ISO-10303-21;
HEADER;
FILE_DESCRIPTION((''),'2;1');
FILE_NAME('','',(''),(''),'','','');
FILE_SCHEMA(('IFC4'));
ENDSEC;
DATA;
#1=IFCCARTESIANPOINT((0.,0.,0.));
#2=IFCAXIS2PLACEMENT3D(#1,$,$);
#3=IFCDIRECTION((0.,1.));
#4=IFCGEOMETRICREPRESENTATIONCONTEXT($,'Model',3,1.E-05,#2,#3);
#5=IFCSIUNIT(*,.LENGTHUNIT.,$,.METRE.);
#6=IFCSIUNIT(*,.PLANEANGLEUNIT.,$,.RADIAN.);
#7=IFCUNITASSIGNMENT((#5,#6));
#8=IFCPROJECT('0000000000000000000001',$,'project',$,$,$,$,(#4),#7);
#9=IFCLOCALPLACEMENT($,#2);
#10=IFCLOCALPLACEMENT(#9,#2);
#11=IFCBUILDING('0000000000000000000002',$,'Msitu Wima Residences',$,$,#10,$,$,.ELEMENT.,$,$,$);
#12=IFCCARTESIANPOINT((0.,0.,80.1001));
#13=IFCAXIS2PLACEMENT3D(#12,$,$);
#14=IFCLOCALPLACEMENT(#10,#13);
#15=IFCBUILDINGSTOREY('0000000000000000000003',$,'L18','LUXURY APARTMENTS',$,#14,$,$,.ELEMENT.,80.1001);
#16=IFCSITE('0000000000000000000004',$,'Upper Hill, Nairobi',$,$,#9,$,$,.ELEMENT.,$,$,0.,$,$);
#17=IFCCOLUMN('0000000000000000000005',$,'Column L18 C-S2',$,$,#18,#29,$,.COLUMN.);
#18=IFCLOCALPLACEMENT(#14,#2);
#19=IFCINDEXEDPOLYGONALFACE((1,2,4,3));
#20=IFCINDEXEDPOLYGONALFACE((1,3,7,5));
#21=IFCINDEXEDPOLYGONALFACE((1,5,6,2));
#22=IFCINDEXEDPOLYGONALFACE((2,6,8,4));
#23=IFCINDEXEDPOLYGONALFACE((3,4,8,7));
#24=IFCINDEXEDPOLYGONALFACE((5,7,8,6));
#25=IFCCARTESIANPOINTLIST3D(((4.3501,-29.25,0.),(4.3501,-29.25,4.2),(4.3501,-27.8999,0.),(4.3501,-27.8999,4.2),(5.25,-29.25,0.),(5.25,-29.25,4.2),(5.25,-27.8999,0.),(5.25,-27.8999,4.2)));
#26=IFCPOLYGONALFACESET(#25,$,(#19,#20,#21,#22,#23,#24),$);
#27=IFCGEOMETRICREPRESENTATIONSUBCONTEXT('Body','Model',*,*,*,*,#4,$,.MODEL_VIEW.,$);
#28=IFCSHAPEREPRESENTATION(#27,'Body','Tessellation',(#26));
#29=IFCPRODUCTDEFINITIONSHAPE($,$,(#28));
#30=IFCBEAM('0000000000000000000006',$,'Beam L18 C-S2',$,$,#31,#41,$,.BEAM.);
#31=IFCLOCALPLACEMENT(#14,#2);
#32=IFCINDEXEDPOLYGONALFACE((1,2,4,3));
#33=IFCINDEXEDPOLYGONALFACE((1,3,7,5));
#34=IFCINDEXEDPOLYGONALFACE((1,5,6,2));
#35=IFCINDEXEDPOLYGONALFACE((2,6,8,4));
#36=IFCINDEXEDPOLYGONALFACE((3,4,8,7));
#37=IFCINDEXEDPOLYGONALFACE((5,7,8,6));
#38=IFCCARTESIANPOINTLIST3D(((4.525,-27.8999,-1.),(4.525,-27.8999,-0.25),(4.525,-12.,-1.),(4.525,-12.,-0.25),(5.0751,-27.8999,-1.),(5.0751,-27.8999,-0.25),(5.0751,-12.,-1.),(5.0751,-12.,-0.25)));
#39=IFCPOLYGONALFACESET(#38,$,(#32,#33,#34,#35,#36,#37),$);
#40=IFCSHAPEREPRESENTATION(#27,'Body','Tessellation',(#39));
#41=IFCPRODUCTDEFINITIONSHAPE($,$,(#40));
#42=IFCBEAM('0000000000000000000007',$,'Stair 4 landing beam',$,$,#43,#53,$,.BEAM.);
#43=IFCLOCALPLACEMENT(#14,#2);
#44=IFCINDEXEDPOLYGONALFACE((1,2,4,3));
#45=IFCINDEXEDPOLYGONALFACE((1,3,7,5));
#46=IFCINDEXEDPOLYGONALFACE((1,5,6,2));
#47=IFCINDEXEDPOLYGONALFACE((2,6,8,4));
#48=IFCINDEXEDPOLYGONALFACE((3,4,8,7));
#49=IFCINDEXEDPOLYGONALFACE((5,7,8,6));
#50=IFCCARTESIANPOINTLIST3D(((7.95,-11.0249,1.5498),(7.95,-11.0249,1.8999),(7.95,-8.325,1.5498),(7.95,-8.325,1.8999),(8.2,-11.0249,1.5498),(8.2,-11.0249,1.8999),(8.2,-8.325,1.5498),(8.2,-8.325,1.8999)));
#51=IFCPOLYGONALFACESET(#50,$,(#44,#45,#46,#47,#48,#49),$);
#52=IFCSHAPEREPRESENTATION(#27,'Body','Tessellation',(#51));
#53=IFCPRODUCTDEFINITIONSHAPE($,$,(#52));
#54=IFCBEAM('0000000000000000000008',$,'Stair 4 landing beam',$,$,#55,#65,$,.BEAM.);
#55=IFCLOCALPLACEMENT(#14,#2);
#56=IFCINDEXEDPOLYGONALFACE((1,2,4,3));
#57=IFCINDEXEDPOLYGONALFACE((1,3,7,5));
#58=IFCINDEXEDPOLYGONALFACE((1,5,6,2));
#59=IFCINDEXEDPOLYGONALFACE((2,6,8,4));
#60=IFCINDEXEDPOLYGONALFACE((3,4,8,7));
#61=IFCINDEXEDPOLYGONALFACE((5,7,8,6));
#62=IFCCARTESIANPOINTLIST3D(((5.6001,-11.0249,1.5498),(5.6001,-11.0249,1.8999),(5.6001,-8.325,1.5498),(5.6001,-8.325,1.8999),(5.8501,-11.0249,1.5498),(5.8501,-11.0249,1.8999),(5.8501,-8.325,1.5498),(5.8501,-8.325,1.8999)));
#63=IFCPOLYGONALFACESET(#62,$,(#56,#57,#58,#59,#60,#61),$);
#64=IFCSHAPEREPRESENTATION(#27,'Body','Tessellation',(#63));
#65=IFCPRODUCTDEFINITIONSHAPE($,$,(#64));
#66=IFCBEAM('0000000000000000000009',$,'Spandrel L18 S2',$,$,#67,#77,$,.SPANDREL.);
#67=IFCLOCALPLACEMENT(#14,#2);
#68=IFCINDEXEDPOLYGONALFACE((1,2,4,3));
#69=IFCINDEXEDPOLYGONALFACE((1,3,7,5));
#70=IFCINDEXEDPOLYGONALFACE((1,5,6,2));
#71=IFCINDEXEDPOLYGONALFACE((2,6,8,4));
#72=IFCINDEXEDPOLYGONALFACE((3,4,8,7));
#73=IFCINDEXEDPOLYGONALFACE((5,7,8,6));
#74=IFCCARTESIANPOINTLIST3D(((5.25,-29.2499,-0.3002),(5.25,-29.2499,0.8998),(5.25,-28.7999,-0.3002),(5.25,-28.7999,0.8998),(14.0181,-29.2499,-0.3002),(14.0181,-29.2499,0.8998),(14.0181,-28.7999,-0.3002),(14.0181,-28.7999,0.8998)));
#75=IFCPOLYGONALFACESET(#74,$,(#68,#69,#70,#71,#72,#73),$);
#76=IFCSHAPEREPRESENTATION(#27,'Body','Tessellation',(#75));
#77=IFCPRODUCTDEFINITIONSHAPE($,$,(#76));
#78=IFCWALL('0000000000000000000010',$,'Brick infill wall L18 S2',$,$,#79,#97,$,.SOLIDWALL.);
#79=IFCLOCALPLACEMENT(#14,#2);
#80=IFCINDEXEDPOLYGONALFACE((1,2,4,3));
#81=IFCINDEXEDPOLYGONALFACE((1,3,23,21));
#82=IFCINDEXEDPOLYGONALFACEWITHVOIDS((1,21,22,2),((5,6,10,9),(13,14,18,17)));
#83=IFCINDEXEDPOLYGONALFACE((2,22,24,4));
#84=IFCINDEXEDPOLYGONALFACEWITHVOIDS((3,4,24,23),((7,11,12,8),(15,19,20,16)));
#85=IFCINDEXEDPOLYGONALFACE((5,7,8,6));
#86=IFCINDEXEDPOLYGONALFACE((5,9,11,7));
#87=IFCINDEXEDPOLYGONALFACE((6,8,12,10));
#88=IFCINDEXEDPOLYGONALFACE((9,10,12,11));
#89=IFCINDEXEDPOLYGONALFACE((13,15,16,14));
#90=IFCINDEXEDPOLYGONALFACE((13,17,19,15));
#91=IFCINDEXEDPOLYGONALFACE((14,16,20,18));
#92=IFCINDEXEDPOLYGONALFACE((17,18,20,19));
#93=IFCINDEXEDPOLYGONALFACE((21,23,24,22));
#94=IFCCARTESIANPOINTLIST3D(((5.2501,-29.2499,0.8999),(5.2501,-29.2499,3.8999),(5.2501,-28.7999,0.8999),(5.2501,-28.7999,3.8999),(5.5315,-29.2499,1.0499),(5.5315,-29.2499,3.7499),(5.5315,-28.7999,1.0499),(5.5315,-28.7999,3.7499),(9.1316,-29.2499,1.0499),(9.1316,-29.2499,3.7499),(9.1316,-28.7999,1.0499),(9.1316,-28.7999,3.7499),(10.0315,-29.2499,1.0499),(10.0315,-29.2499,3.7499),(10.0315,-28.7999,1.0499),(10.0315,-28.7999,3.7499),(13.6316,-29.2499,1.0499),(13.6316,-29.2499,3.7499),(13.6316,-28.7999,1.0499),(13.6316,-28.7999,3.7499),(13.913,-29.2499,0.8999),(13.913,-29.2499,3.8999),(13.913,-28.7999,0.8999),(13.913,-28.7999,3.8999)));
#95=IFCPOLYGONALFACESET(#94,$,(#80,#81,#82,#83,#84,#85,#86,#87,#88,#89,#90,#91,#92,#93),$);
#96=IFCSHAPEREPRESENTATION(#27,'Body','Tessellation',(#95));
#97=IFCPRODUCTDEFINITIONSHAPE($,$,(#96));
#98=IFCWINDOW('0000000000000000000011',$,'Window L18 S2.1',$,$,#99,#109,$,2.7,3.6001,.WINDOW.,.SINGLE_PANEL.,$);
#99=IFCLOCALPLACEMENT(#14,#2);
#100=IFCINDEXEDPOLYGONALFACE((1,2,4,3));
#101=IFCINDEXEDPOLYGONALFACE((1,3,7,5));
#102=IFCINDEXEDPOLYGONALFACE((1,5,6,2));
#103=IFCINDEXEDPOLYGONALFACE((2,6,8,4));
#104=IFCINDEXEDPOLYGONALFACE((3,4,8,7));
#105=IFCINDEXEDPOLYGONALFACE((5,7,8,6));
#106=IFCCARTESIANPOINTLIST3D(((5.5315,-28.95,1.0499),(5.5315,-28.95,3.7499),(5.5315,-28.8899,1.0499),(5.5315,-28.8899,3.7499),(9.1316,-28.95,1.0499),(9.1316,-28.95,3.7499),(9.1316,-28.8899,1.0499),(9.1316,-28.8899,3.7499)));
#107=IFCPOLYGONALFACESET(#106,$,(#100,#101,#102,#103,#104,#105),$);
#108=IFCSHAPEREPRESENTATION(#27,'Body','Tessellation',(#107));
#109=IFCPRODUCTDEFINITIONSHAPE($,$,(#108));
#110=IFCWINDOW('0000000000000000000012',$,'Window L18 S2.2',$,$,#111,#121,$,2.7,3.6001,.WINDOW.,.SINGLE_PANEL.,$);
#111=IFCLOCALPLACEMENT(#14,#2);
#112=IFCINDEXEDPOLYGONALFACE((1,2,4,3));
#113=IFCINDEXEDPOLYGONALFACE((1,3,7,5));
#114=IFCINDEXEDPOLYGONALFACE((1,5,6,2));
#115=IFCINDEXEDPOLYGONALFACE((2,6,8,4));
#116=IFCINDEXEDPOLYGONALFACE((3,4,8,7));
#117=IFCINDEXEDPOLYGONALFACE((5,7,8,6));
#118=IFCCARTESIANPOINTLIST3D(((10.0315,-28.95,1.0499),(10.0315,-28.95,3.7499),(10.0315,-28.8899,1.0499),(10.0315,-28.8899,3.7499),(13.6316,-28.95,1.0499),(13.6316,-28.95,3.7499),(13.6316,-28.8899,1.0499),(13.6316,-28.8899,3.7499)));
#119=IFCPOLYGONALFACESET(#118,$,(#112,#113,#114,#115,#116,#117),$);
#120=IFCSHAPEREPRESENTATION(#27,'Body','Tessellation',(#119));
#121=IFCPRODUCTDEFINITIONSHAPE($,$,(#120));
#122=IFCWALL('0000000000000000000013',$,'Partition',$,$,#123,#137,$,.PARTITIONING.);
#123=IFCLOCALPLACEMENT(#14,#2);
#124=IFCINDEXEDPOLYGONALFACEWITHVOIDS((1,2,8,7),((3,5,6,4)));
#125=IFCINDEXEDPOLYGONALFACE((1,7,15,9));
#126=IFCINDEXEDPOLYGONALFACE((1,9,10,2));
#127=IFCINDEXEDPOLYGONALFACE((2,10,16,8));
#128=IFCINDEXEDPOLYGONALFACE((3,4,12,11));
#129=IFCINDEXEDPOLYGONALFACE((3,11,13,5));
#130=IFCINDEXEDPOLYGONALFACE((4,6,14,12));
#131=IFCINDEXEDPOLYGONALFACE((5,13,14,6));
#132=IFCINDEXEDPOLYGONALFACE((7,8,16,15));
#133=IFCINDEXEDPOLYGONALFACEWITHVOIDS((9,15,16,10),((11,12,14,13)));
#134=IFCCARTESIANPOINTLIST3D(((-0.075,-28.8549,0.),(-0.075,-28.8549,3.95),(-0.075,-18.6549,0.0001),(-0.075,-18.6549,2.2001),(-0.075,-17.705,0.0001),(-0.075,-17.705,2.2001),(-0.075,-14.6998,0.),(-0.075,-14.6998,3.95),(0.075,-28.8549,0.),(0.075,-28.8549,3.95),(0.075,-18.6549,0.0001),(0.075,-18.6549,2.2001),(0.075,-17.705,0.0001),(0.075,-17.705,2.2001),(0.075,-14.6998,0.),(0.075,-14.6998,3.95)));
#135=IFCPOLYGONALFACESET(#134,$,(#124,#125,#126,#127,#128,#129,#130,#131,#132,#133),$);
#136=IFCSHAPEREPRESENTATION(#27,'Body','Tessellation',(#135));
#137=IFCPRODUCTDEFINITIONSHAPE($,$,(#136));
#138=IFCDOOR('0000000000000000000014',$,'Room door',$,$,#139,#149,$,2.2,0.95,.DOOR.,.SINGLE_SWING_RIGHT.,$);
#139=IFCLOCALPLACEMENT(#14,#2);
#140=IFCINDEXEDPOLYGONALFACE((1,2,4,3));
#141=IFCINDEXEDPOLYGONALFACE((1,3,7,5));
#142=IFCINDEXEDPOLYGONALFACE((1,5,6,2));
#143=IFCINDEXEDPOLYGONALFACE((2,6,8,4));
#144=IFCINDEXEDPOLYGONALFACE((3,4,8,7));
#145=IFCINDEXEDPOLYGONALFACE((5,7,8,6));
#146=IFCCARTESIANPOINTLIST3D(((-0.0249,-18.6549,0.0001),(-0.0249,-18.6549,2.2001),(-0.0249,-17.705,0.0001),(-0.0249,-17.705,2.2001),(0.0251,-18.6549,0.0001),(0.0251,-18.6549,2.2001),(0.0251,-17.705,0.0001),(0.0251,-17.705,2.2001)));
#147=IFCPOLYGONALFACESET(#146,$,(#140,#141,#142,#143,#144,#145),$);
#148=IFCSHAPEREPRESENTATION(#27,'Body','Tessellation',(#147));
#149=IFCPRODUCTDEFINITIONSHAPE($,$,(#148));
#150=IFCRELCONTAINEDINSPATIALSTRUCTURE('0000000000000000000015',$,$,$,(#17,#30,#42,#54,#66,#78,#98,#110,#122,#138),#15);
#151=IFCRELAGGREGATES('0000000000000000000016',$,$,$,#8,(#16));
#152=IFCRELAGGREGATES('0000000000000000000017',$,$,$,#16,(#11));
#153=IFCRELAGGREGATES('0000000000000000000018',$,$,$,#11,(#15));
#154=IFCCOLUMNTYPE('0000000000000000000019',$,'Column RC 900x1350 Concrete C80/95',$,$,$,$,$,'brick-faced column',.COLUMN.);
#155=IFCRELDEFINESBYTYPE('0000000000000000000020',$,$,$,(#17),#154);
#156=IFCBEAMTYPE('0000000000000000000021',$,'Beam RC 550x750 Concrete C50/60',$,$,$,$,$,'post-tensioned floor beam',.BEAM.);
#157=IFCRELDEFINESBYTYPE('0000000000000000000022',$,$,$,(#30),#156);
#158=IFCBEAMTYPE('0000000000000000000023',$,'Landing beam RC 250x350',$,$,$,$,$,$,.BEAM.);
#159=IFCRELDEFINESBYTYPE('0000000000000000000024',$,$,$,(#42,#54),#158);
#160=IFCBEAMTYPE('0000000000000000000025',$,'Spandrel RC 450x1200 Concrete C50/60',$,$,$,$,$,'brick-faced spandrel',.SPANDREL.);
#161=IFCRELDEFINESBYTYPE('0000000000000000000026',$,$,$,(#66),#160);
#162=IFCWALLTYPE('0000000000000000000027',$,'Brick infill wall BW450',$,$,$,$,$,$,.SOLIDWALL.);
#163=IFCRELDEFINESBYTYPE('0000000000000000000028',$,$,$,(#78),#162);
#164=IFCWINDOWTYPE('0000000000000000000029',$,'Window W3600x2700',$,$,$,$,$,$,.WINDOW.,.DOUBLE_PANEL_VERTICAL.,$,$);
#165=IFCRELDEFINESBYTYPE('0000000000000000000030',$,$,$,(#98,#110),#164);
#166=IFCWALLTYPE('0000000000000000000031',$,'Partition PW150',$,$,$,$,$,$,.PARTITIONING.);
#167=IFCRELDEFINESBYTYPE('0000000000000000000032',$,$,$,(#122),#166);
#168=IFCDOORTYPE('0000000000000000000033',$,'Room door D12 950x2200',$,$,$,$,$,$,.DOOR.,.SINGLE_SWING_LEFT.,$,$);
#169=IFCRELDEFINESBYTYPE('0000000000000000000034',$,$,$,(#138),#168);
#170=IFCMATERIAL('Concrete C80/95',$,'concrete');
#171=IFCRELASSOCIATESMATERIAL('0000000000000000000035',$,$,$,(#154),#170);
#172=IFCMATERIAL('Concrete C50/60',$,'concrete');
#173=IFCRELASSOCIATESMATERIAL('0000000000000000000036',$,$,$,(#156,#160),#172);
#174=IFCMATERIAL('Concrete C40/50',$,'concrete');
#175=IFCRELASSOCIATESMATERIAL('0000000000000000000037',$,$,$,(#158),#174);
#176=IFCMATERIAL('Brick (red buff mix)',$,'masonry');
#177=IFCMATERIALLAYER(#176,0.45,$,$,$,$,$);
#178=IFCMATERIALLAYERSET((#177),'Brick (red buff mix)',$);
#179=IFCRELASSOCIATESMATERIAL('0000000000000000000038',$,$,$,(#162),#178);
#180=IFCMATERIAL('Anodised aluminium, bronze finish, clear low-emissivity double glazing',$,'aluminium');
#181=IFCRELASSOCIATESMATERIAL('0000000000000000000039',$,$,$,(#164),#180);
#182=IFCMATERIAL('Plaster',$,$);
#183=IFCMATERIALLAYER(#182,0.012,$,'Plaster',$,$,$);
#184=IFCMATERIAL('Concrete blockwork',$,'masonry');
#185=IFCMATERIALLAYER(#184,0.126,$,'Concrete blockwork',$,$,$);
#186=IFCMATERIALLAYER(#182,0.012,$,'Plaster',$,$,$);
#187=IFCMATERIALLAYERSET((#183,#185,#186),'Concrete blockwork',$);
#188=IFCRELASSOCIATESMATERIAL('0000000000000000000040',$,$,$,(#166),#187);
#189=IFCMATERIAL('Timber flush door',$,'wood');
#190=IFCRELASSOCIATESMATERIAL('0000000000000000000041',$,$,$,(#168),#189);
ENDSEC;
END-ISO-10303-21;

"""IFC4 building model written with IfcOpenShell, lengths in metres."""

from ifc_helpers import new_model, si_unit, direction, frame, frame_2d, origin, origin_2d, place, context, subcontext, project, spatial, rectangle, extrude, material, layer, layer_set, material_profile, profile_set, type_object, element, fill, save


model = new_model("IFC4")

# Units and contexts
model_context = context("Model", 3, precision=1e-05, world=origin(), true_north=direction((0.0, 1.0)))
body_context = subcontext(model_context, "Body", "Model", "MODEL_VIEW")
ifc_project = project(units=[si_unit("LENGTHUNIT", "METRE"), si_unit("PLANEANGLEUNIT", "RADIAN")], contexts=[model_context])

# Site, building, storey
site_placement = place(None, origin())
site = spatial("IfcSite", under=ifc_project, at=site_placement, Name="Upper Hill, Nairobi", CompositionType="ELEMENT", RefElevation=0.0)
building_placement = place(site_placement, origin())
building = spatial("IfcBuilding", under=site, at=building_placement, Name="Msitu Wima Residences", CompositionType="ELEMENT")
storey_placement = place(building_placement, frame((0.0, 0.0, 80.1001)))
storey = spatial("IfcBuildingStorey", under=building, at=storey_placement, Name="L18", Description="LUXURY APARTMENTS", CompositionType="ELEMENT", Elevation=80.1001)

# Column
ifc_material_1 = material(Name="Concrete C80/95", Category="concrete")
ifc_material_profile_1 = material_profile(ifc_material_1, rectangle(XDim=0.8999, YDim=1.3501, at=origin_2d()), Name="RC 900x1350")
ifc_profile_set_1 = profile_set([ifc_material_profile_1], Name="Concrete C80/95")
column_type = type_object("IfcColumnType", Name="Column RC 900x1350 Concrete C80/95", ElementType="brick-faced column", PredefinedType="COLUMN", material=ifc_profile_set_1)
column_placement = place(storey_placement, frame((4.8, -28.575, 0.0), z_axis=(0.0, 0.0, 1.0), x_axis=(1.0, 0.0, 0.0)))
element("IfcColumn", 1, at=column_placement, inside=storey, type_object=column_type, Name="Column L18 C-S2", PredefinedType="COLUMN", context=body_context, shape_type="SweptSolid", body=[
    extrude(rectangle(XDim=0.8999, YDim=1.3501, at=origin_2d()), origin(), (0.0, 0.0, 1.0), 4.2),
])

# Beams
ifc_material_2 = material(Name="Concrete C50/60", Category="concrete")
ifc_material_profile_2 = material_profile(ifc_material_2, rectangle(XDim=0.55, YDim=0.75, at=origin_2d()), Name="RC 550x750")
ifc_profile_set_2 = profile_set([ifc_material_profile_2], Name="Concrete C50/60")
beam_type_1 = type_object("IfcBeamType", Name="Beam RC 550x750 Concrete C50/60", ElementType="post-tensioned floor beam", PredefinedType="BEAM", material=ifc_profile_set_2)
beam_1_placement = place(storey_placement, frame((4.8, -27.8999, -0.625), z_axis=(0.0, 1.0, 0.0), x_axis=(-1.0, 0.0, 0.0)))
element("IfcBeam", 2, at=beam_1_placement, inside=storey, type_object=beam_type_1, Name="Beam L18 C-S2", PredefinedType="BEAM", context=body_context, shape_type="SweptSolid", body=[
    extrude(rectangle(XDim=0.55, YDim=0.75, at=origin_2d()), origin(), (0.0, 0.0, 1.0), 15.8999),
])
ifc_material_3 = material(Name="Concrete C40/50", Category="concrete")
ifc_material_profile_3 = material_profile(ifc_material_3, rectangle(XDim=0.25, YDim=0.3501, at=origin_2d()), Name="RC 250x350")
ifc_profile_set_3 = profile_set([ifc_material_profile_3], Name="Concrete C40/50")
beam_type_2 = type_object("IfcBeamType", Name="Landing beam RC 250x350", PredefinedType="BEAM", material=ifc_profile_set_3)
for number, where, z_axis, x_axis, name in (
    (3, (8.075, -11.0249, 1.7249), (0.0, 1.0, 0.0), (-1.0, 0.0, 0.0), "Stair 4 landing beam"),
    (4, (5.7251, -11.0249, 1.7249), (0.0, 1.0, 0.0), (-1.0, 0.0, 0.0), "Stair 4 landing beam"),
):
    element("IfcBeam", number, at=place(storey_placement, frame(where, z_axis=z_axis, x_axis=x_axis)), inside=storey, type_object=beam_type_2, Name=name, PredefinedType="BEAM", context=body_context, shape_type="SweptSolid", body=[
        extrude(rectangle(XDim=0.25, YDim=0.3501, at=origin_2d()), origin(), (0.0, 0.0, 1.0), 2.7),
    ])
ifc_material_profile_4 = material_profile(ifc_material_2, rectangle(XDim=0.45, YDim=1.2, at=origin_2d()), Name="RC 450x1200")
ifc_profile_set_4 = profile_set([ifc_material_profile_4], Name="Concrete C50/60")
beam_type_3 = type_object("IfcBeamType", Name="Spandrel RC 450x1200 Concrete C50/60", ElementType="brick-faced spandrel", PredefinedType="SPANDREL", material=ifc_profile_set_4)
beam_2_placement = place(storey_placement, frame((5.25, -29.0249, 0.2998), z_axis=(1.0, 0.0, 0.0), x_axis=(0.0, 1.0, 0.0)))
element("IfcBeam", 5, at=beam_2_placement, inside=storey, type_object=beam_type_3, Name="Spandrel L18 S2", PredefinedType="SPANDREL", context=body_context, shape_type="SweptSolid", body=[
    extrude(rectangle(XDim=0.45, YDim=1.2, at=origin_2d()), origin(), (0.0, 0.0, 1.0), 8.7681),
])

# Wall, openings, windows
ifc_material_4 = material(Name="Brick (red buff mix)", Category="masonry")
ifc_layer_1 = layer(ifc_material_4, 0.45)
ifc_layer_set_1 = layer_set([ifc_layer_1], Name="Brick (red buff mix)")
wall_type_1 = type_object("IfcWallType", Name="Brick infill wall BW450", PredefinedType="SOLIDWALL", material=ifc_layer_set_1)
wall_1_placement = place(storey_placement, frame((5.25, -29.0249, 0.8999), z_axis=(0.0, 0.0, 1.0), x_axis=(1.0, 0.0, 0.0)))
wall_1 = element("IfcWall", 6, at=wall_1_placement, inside=storey, type_object=wall_type_1, Name="Brick infill wall L18 S2", PredefinedType="SOLIDWALL", context=body_context, shape_type="SweptSolid", body=[
    extrude(rectangle(XDim=8.6628, YDim=0.45, at=frame_2d((4.3315, 0.0))), origin(), (0.0, 0.0, 1.0), 3.0),
])
opening_1_placement = place(wall_1_placement, frame((0.2815, 0.0, 0.1499)))
opening_1 = element("IfcOpeningElement", 7, at=opening_1_placement, cuts=wall_1, PredefinedType="OPENING", context=body_context, shape_type="SweptSolid", body=[
    extrude(rectangle(XDim=3.6001, YDim=2.7, at=frame_2d((1.8, 1.3501))), frame((0.0, 0.2349, 0.0), z_axis=(0.0, -1.0, 0.0), x_axis=(1.0, 0.0, 0.0)), (0.0, 0.0, 1.0), 0.47),
])
opening_2_placement = place(wall_1_placement, frame((4.7815, 0.0, 0.1499)))
opening_2 = element("IfcOpeningElement", 8, at=opening_2_placement, cuts=wall_1, PredefinedType="OPENING", context=body_context, shape_type="SweptSolid", body=[
    extrude(rectangle(XDim=3.6001, YDim=2.7, at=frame_2d((1.8, 1.3501))), frame((0.0, 0.2349, 0.0), z_axis=(0.0, -1.0, 0.0), x_axis=(1.0, 0.0, 0.0)), (0.0, 0.0, 1.0), 0.47),
])
ifc_material_5 = material(Name="Anodised aluminium, bronze finish, clear low-emissivity double glazing", Category="aluminium")
window_type = type_object("IfcWindowType", Name="Window W3600x2700", PartitioningType="DOUBLE_PANEL_VERTICAL", PredefinedType="WINDOW", material=ifc_material_5)
window_1_placement = place(opening_1_placement, origin())
window_1 = element("IfcWindow", 9, at=window_1_placement, inside=storey, type_object=window_type, Name="Window L18 S2.1", OverallHeight=2.7, OverallWidth=3.6001, PartitioningType="SINGLE_PANEL", PredefinedType="WINDOW", context=body_context, shape_type="SweptSolid", body=[
    extrude(rectangle(XDim=3.6001, YDim=2.7, at=frame_2d((1.8, 1.3501))), frame((0.0, 0.135, 0.0), z_axis=(0.0, -1.0, 0.0), x_axis=(1.0, 0.0, 0.0)), (0.0, 0.0, 1.0), 0.0601),
])
fill(opening_1, window_1)
window_2_placement = place(opening_2_placement, origin())
window_2 = element("IfcWindow", 10, at=window_2_placement, inside=storey, type_object=window_type, Name="Window L18 S2.2", OverallHeight=2.7, OverallWidth=3.6001, PartitioningType="SINGLE_PANEL", PredefinedType="WINDOW", context=body_context, shape_type="SweptSolid", body=[
    extrude(rectangle(XDim=3.6001, YDim=2.7, at=frame_2d((1.8, 1.3501))), frame((0.0, 0.135, 0.0), z_axis=(0.0, -1.0, 0.0), x_axis=(1.0, 0.0, 0.0)), (0.0, 0.0, 1.0), 0.0601),
])
fill(opening_2, window_2)

# Wall, opening, door
ifc_material_6 = material(Name="Plaster")
ifc_layer_2 = layer(ifc_material_6, 0.012, Name="Plaster")
ifc_material_7 = material(Name="Concrete blockwork", Category="masonry")
ifc_layer_3 = layer(ifc_material_7, 0.126, Name="Concrete blockwork")
ifc_layer_4 = layer(ifc_material_6, 0.012, Name="Plaster")
ifc_layer_set_2 = layer_set([ifc_layer_2, ifc_layer_3, ifc_layer_4], Name="Concrete blockwork")
wall_type_2 = type_object("IfcWallType", Name="Partition PW150", PredefinedType="PARTITIONING", material=ifc_layer_set_2)
wall_2_placement = place(storey_placement, frame((0.0, -28.855, 0.0), z_axis=(0.0, 0.0, 1.0), x_axis=(0.0, 1.0, 0.0)))
wall_2 = element("IfcWall", 11, at=wall_2_placement, inside=storey, type_object=wall_type_2, Name="Partition", PredefinedType="PARTITIONING", context=body_context, shape_type="SweptSolid", body=[
    extrude(rectangle(XDim=14.155, YDim=0.1499, at=frame_2d((7.0776, 0.0))), origin(), (0.0, 0.0, 1.0), 3.95),
])
opening_3_placement = place(wall_2_placement, frame((10.2, 0.0, 0.0)))
opening_3 = element("IfcOpeningElement", 12, at=opening_3_placement, cuts=wall_2, PredefinedType="OPENING", context=body_context, shape_type="SweptSolid", body=[
    extrude(rectangle(XDim=0.95, YDim=2.2, at=frame_2d((0.4751, 1.1001))), frame((0.0, 0.085, 0.0), z_axis=(0.0, -1.0, 0.0), x_axis=(1.0, 0.0, 0.0)), (0.0, 0.0, 1.0), 0.1699),
])
ifc_material_8 = material(Name="Timber flush door", Category="wood")
door_type_1 = type_object("IfcDoorType", Name="Room door D12 950x2200", OperationType="SINGLE_SWING_LEFT", PredefinedType="DOOR", material=ifc_material_8)
door_1_placement = place(opening_3_placement, origin())
door_1 = element("IfcDoor", 13, at=door_1_placement, inside=storey, type_object=door_type_1, Name="Room door", OperationType="SINGLE_SWING_RIGHT", OverallHeight=2.2, OverallWidth=0.95, PredefinedType="DOOR", context=body_context, shape_type="SweptSolid", body=[
    extrude(rectangle(XDim=0.95, YDim=2.2, at=frame_2d((0.4751, 1.1001))), frame((0.0, 0.0249, 0.0), z_axis=(0.0, -1.0, 0.0), x_axis=(1.0, 0.0, 0.0)), (0.0, 0.0, 1.0), 0.05),
])
fill(opening_3, door_1)

save(model, "model.ifc")
